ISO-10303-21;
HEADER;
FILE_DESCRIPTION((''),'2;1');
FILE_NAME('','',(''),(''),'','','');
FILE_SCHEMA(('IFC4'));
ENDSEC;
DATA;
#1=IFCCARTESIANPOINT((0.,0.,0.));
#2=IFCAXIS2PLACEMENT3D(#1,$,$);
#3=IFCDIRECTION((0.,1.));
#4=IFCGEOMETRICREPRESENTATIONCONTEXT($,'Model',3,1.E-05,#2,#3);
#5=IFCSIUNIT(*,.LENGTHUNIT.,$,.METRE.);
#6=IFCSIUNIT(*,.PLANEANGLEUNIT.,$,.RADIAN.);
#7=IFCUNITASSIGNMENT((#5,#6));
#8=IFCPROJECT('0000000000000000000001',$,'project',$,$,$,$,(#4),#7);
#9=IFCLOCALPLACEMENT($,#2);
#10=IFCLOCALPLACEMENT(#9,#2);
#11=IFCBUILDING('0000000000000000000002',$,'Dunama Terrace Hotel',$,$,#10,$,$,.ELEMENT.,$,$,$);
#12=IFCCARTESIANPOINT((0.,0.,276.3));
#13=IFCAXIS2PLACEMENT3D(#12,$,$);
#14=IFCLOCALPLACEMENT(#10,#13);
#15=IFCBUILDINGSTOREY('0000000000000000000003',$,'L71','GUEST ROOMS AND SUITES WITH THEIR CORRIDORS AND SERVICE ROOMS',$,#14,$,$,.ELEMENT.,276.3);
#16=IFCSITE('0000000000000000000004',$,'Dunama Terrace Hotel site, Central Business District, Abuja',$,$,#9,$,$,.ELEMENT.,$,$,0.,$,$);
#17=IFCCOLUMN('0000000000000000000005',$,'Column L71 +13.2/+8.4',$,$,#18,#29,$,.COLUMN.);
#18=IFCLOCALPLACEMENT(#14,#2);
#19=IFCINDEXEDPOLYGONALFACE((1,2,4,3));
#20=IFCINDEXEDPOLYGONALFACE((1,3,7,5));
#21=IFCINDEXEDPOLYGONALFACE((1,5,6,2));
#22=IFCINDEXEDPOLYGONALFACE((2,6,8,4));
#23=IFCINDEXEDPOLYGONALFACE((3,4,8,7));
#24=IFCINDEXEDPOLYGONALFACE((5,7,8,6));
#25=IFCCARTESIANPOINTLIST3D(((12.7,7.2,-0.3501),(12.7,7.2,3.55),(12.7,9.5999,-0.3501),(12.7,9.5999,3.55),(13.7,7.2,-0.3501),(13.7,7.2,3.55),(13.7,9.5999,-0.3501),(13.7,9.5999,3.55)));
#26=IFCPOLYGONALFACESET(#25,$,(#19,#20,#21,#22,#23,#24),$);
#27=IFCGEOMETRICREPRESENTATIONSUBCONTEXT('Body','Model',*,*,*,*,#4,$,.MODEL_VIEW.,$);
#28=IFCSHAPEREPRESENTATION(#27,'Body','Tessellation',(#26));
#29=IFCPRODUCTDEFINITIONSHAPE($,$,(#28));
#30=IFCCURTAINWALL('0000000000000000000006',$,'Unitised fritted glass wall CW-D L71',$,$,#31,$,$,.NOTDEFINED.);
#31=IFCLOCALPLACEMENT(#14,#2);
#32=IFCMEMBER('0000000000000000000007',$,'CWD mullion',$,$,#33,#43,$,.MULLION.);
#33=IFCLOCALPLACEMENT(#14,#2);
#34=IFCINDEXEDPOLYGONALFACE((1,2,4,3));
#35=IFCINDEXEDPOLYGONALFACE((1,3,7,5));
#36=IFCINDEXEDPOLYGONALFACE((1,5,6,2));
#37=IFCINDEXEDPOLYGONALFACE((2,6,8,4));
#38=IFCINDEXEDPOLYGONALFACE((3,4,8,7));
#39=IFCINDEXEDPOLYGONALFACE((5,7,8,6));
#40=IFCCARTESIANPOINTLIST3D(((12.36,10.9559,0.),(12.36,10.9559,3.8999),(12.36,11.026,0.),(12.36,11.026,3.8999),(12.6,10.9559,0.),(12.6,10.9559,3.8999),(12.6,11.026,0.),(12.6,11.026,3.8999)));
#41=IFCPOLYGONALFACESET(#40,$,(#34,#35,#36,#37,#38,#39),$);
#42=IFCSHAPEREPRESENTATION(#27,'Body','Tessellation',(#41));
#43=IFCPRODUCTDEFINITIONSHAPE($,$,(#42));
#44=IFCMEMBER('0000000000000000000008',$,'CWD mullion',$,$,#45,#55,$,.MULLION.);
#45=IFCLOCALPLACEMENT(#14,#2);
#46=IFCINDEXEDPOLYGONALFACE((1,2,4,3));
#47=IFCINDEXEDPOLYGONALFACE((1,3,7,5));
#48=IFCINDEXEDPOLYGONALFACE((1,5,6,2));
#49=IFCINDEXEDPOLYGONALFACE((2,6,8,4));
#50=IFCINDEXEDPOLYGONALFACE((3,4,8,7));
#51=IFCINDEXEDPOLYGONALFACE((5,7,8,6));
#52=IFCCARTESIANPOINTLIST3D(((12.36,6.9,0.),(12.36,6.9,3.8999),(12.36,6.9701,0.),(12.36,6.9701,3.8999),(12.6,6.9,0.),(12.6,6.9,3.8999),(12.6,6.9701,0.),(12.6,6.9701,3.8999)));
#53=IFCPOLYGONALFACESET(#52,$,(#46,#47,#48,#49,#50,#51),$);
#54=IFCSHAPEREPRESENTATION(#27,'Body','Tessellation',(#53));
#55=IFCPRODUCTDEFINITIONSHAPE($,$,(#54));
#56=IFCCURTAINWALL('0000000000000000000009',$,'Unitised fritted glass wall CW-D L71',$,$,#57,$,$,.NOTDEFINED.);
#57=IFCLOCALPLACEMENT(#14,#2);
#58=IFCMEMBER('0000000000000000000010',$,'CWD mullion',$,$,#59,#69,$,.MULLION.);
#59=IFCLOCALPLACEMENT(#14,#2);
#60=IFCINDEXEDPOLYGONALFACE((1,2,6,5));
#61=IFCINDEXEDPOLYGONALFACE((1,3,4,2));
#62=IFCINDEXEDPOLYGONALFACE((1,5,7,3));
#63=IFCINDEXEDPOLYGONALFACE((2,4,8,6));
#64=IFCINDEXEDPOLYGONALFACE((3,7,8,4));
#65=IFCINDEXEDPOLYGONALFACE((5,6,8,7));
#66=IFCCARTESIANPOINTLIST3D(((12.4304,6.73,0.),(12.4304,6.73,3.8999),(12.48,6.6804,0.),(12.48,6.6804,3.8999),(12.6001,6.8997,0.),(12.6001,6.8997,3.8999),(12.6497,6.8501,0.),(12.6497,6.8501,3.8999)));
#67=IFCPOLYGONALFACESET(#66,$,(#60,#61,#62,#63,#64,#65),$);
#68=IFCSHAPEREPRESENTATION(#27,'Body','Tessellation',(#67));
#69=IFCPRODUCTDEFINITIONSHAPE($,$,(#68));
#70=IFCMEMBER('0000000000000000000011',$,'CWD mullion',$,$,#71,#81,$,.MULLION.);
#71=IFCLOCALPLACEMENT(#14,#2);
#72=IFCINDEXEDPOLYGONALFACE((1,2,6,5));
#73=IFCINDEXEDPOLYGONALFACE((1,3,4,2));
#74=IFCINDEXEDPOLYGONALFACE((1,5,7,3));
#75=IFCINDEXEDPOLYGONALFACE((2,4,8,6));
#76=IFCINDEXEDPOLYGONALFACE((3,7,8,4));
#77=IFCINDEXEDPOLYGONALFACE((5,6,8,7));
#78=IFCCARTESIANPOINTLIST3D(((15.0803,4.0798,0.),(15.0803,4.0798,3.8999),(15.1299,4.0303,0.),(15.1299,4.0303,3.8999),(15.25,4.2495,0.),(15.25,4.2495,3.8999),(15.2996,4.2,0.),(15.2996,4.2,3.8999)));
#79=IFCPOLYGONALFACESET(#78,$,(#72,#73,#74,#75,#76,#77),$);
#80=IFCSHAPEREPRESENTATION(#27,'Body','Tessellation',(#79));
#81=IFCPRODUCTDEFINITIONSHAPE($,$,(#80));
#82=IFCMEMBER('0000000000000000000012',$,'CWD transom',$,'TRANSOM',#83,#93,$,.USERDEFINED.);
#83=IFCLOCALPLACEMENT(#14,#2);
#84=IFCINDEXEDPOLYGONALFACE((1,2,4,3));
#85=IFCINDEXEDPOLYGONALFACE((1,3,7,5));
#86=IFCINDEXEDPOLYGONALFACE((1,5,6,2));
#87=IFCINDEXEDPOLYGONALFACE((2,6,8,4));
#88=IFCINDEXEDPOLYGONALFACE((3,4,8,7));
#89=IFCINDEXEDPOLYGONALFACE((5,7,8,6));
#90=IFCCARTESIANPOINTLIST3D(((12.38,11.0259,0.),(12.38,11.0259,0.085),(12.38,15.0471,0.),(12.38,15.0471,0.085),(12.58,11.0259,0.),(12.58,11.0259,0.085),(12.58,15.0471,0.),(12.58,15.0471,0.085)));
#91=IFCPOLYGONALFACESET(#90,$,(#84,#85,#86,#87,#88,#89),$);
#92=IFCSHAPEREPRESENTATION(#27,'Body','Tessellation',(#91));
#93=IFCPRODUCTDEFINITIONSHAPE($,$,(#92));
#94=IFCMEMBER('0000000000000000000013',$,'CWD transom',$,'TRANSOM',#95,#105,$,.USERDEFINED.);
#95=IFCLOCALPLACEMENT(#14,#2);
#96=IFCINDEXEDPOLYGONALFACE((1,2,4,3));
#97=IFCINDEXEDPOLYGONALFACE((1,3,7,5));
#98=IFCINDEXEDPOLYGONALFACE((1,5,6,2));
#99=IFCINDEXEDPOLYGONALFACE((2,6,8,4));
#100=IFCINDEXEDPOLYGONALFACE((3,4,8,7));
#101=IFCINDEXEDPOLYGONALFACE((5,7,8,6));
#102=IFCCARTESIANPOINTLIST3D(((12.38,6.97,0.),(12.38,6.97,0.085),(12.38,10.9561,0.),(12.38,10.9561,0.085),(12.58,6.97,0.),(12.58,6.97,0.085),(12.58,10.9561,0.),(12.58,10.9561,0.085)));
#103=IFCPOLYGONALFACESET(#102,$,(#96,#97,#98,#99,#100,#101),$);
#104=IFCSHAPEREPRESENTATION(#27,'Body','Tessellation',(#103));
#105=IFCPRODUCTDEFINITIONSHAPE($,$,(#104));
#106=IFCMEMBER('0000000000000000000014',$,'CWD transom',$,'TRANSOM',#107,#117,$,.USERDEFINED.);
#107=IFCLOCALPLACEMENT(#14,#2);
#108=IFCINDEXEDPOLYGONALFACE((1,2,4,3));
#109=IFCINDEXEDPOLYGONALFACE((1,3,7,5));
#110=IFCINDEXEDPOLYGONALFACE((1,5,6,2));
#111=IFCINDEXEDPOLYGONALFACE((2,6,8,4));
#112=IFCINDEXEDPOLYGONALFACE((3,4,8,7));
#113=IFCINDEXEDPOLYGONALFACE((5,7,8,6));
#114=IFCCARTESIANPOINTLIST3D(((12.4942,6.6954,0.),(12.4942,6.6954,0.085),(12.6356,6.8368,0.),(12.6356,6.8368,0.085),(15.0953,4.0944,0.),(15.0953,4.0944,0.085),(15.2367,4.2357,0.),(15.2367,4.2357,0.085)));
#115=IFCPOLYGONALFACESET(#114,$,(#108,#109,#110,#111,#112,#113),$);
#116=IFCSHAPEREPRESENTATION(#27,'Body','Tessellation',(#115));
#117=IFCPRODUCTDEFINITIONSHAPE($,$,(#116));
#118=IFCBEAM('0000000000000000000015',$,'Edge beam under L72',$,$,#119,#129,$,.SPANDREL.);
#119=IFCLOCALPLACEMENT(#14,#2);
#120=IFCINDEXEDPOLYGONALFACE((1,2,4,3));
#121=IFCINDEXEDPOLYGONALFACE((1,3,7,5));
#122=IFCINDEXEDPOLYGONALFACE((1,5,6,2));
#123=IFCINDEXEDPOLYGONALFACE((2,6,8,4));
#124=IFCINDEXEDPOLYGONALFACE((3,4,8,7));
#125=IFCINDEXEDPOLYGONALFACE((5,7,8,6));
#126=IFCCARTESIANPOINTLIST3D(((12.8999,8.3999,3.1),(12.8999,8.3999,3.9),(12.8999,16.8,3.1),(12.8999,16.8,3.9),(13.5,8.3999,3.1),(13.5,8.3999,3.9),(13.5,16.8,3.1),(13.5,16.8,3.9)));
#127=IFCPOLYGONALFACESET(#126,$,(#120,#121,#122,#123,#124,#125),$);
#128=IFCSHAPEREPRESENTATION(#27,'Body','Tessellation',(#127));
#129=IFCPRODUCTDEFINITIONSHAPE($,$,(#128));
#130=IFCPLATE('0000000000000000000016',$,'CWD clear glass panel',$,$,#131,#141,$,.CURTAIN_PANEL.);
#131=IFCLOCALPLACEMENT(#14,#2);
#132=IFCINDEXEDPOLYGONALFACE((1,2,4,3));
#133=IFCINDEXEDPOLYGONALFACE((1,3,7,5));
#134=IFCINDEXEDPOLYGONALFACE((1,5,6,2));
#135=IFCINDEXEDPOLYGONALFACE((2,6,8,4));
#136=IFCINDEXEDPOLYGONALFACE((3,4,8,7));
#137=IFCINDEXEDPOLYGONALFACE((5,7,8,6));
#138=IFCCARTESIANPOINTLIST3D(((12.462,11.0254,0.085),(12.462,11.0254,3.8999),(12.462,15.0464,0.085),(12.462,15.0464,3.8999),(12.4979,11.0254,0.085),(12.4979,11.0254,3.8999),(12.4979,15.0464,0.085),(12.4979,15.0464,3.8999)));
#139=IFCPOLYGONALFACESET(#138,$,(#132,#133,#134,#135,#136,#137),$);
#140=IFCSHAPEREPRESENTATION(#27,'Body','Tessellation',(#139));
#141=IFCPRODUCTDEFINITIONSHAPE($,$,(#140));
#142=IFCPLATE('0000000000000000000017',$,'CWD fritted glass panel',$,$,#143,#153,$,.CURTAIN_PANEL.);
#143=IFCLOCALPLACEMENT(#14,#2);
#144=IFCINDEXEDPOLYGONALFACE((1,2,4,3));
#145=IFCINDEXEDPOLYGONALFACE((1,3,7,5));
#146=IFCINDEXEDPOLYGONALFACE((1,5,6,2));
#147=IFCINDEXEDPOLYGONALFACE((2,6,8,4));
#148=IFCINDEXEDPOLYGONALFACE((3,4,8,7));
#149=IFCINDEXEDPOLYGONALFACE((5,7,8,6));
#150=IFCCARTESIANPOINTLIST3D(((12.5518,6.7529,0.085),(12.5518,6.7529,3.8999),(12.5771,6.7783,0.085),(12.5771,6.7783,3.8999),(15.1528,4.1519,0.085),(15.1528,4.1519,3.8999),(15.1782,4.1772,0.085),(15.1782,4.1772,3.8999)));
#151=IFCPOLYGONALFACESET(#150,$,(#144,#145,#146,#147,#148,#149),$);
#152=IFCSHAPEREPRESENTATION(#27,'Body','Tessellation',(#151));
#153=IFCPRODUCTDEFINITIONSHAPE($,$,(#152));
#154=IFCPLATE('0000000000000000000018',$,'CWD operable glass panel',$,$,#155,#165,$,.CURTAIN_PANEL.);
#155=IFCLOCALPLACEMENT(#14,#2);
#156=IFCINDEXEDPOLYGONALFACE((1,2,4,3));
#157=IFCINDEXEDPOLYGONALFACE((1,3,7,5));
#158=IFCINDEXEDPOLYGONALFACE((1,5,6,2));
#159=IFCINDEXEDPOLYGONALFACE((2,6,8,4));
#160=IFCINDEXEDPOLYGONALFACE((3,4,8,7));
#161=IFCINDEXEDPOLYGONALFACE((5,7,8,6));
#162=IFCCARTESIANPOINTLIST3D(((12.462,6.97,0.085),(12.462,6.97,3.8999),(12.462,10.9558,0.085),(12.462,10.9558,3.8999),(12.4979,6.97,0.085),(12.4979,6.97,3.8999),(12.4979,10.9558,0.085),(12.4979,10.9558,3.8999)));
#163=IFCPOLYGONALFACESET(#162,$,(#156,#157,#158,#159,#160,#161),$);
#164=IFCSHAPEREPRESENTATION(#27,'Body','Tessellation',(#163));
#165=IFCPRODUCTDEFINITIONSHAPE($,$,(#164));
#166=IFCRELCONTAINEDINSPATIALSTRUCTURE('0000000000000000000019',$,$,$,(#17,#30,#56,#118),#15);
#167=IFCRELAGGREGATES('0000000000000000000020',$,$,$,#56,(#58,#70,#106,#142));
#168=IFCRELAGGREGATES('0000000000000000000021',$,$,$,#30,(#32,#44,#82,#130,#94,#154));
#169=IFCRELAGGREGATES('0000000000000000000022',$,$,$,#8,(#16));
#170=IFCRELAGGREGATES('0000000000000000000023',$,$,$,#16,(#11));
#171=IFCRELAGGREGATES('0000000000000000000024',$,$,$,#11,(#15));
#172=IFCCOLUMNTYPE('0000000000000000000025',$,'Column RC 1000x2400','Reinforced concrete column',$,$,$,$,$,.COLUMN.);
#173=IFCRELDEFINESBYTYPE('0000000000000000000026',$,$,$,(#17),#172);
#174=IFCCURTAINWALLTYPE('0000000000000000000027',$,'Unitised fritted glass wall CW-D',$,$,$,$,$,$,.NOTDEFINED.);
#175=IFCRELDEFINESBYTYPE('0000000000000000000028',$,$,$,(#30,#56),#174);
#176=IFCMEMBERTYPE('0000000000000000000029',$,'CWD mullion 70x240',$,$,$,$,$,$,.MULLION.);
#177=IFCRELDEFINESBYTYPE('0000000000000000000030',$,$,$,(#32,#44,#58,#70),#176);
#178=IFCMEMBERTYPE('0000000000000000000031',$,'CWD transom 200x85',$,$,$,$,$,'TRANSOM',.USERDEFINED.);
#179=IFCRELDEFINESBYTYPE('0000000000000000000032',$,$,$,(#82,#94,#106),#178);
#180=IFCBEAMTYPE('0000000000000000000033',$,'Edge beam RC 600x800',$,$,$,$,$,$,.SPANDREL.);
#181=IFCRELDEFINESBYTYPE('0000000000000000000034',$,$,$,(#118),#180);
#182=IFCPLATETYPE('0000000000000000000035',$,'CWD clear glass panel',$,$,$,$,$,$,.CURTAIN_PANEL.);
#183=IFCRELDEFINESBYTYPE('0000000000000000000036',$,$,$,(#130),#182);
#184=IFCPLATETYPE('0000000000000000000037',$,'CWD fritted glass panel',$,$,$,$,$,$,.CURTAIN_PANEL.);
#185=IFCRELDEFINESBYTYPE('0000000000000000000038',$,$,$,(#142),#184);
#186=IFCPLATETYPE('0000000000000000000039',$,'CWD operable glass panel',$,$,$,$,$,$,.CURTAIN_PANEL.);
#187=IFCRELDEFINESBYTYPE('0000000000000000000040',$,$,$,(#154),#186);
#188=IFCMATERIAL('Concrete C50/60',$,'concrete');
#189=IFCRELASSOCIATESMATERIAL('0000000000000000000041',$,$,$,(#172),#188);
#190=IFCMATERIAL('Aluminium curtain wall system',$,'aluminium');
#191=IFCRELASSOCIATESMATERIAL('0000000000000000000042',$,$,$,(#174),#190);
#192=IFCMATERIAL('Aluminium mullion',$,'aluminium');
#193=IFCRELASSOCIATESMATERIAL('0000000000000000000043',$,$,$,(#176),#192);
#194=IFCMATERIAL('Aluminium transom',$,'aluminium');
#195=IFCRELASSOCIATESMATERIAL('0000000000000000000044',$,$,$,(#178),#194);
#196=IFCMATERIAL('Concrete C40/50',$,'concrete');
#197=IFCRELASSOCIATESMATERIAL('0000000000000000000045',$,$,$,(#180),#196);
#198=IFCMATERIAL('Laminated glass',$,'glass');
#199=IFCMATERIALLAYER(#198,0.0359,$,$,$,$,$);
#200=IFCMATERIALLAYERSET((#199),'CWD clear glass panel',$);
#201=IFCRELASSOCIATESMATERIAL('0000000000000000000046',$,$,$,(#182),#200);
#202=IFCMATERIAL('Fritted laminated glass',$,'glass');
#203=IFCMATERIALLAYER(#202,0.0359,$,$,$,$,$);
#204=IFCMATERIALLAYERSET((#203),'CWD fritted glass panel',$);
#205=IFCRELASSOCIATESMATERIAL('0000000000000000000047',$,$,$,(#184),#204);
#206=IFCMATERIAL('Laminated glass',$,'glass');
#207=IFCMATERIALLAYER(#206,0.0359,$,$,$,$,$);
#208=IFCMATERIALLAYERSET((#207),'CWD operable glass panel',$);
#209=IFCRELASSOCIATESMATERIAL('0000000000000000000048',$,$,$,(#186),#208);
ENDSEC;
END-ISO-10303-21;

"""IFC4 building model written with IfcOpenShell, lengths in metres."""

from ifc_helpers import new_model, si_unit, direction, frame, origin, origin_2d, place, context, subcontext, project, spatial, rectangle, extrude, material, layer, layer_set, material_profile, profile_set, type_object, element, aggregate, save


model = new_model("IFC4")

# Units and contexts
model_context = context("Model", 3, precision=1e-05, world=origin(), true_north=direction((0.0, 1.0)))
body_context = subcontext(model_context, "Body", "Model", "MODEL_VIEW")
ifc_project = project(units=[si_unit("LENGTHUNIT", "METRE"), si_unit("PLANEANGLEUNIT", "RADIAN")], contexts=[model_context])

# Site, building, storey
site_placement = place(None, origin())
site = spatial("IfcSite", under=ifc_project, at=site_placement, Name="Dunama Terrace Hotel site, Central Business District, Abuja", CompositionType="ELEMENT", RefElevation=0.0)
building_placement = place(site_placement, origin())
building = spatial("IfcBuilding", under=site, at=building_placement, Name="Dunama Terrace Hotel", CompositionType="ELEMENT")
storey_placement = place(building_placement, frame((0.0, 0.0, 276.3)))
storey = spatial("IfcBuildingStorey", under=building, at=storey_placement, Name="L71", Description="GUEST ROOMS AND SUITES WITH THEIR CORRIDORS AND SERVICE ROOMS", CompositionType="ELEMENT", Elevation=276.3)

# Column
ifc_material_1 = material(Name="Concrete C50/60", Category="concrete")
ifc_material_profile_1 = material_profile(ifc_material_1, rectangle(XDim=1.0, YDim=2.3999, at=origin_2d()), Name="RC 1000x2400")
ifc_profile_set_1 = profile_set([ifc_material_profile_1], Name="Concrete C50/60")
column_type = type_object("IfcColumnType", Name="Column RC 1000x2400", Description="Reinforced concrete column", PredefinedType="COLUMN", material=ifc_profile_set_1)
column_placement = place(storey_placement, frame((13.2, 8.3999, -0.3501), z_axis=(0.0, 0.0, 1.0), x_axis=(1.0, 0.0, 0.0)))
element("IfcColumn", 1, at=column_placement, inside=storey, type_object=column_type, Name="Column L71 +13.2/+8.4", PredefinedType="COLUMN", context=body_context, shape_type="SweptSolid", body=[
    extrude(rectangle(XDim=1.0, YDim=2.3999, at=origin_2d()), origin(), (0.0, 0.0, 1.0), 3.9001),
])

# Curtain walls, members
ifc_material_2 = material(Name="Aluminium curtain wall system", Category="aluminium")
curtain_wall_type = type_object("IfcCurtainWallType", Name="Unitised fritted glass wall CW-D", PredefinedType="NOTDEFINED", material=ifc_material_2)
curtain_wall_1_placement = place(storey_placement, origin())
curtain_wall_1 = element("IfcCurtainWall", 2, at=curtain_wall_1_placement, inside=storey, type_object=curtain_wall_type, Name="Unitised fritted glass wall CW-D L71", PredefinedType="NOTDEFINED")
ifc_material_3 = material(Name="Aluminium mullion", Category="aluminium")
ifc_material_profile_2 = material_profile(ifc_material_3, rectangle(XDim=0.0701, YDim=0.24, at=origin_2d()), Name="CWD MULLION 70X240")
ifc_profile_set_2 = profile_set([ifc_material_profile_2], Name="Aluminium mullion")
member_type_1 = type_object("IfcMemberType", Name="CWD mullion 70x240", PredefinedType="MULLION", material=ifc_profile_set_2)
member_1_placement = place(storey_placement, frame((12.48, 10.991, 0.0), z_axis=(0.0, 0.0, 1.0), x_axis=(0.0, -1.0, 0.0)))
member_1 = element("IfcMember", 3, at=member_1_placement, type_object=member_type_1, Name="CWD mullion", PredefinedType="MULLION", context=body_context, shape_type="SweptSolid", body=[
    extrude(rectangle(XDim=0.0701, YDim=0.24, at=origin_2d()), origin(), (0.0, 0.0, 1.0), 3.8999),
])
member_2_placement = place(storey_placement, frame((12.48, 6.9351, 0.0), z_axis=(0.0, 0.0, 1.0), x_axis=(0.0, -1.0, 0.0)))
member_2 = element("IfcMember", 4, at=member_2_placement, type_object=member_type_1, Name="CWD mullion", PredefinedType="MULLION", context=body_context, shape_type="SweptSolid", body=[
    extrude(rectangle(XDim=0.0701, YDim=0.24, at=origin_2d()), origin(), (0.0, 0.0, 1.0), 3.8999),
])
curtain_wall_2_placement = place(storey_placement, origin())
curtain_wall_2 = element("IfcCurtainWall", 5, at=curtain_wall_2_placement, inside=storey, type_object=curtain_wall_type, Name="Unitised fritted glass wall CW-D L71", PredefinedType="NOTDEFINED")
member_3_placement = place(storey_placement, frame((12.54, 6.79, 0.0), z_axis=(0.0, 0.0, 1.0), x_axis=(0.707107, -0.707107, 0.0)))
member_3 = element("IfcMember", 6, at=member_3_placement, type_object=member_type_1, Name="CWD mullion", PredefinedType="MULLION", context=body_context, shape_type="SweptSolid", body=[
    extrude(rectangle(XDim=0.0701, YDim=0.24, at=origin_2d()), origin(), (0.0, 0.0, 1.0), 3.8999),
])
member_4_placement = place(storey_placement, frame((15.1899, 4.1399, 0.0), z_axis=(0.0, 0.0, 1.0), x_axis=(0.707107, -0.707107, 0.0)))
member_4 = element("IfcMember", 7, at=member_4_placement, type_object=member_type_1, Name="CWD mullion", PredefinedType="MULLION", context=body_context, shape_type="SweptSolid", body=[
    extrude(rectangle(XDim=0.0701, YDim=0.24, at=origin_2d()), origin(), (0.0, 0.0, 1.0), 3.8999),
])

# Members
ifc_material_4 = material(Name="Aluminium transom", Category="aluminium")
ifc_material_profile_3 = material_profile(ifc_material_4, rectangle(XDim=0.2, YDim=0.085, at=origin_2d()), Name="CWD TRANSOM 200X85")
ifc_profile_set_3 = profile_set([ifc_material_profile_3], Name="Aluminium transom")
member_type_2 = type_object("IfcMemberType", Name="CWD transom 200x85", ElementType="TRANSOM", PredefinedType="USERDEFINED", material=ifc_profile_set_3)
member_5_placement = place(storey_placement, frame((12.48, 15.0471, 0.0425), z_axis=(0.0, -1.0, 0.0), x_axis=(1.0, 0.0, 0.0)))
member_5 = element("IfcMember", 8, at=member_5_placement, type_object=member_type_2, Name="CWD transom", ObjectType="TRANSOM", PredefinedType="USERDEFINED", context=body_context, shape_type="SweptSolid", body=[
    extrude(rectangle(XDim=0.2, YDim=0.085, at=origin_2d()), origin(), (0.0, 0.0, 1.0), 4.0212),
])
member_6_placement = place(storey_placement, frame((12.48, 10.9561, 0.0425), z_axis=(0.0, -1.0, 0.0), x_axis=(1.0, 0.0, 0.0)))
member_6 = element("IfcMember", 9, at=member_6_placement, type_object=member_type_2, Name="CWD transom", ObjectType="TRANSOM", PredefinedType="USERDEFINED", context=body_context, shape_type="SweptSolid", body=[
    extrude(rectangle(XDim=0.2, YDim=0.085, at=origin_2d()), origin(), (0.0, 0.0, 1.0), 3.9861),
])
member_7_placement = place(storey_placement, frame((12.5649, 6.7661, 0.0425), z_axis=(0.707107, -0.707107, 0.0), x_axis=(0.707107, 0.707107, 0.0)))
member_7 = element("IfcMember", 10, at=member_7_placement, type_object=member_type_2, Name="CWD transom", ObjectType="TRANSOM", PredefinedType="USERDEFINED", context=body_context, shape_type="SweptSolid", body=[
    extrude(rectangle(XDim=0.2, YDim=0.085, at=origin_2d()), origin(), (0.0, 0.0, 1.0), 3.6785),
])

# Beam
ifc_material_5 = material(Name="Concrete C40/50", Category="concrete")
ifc_material_profile_4 = material_profile(ifc_material_5, rectangle(XDim=0.6001, YDim=0.8, at=origin_2d()), Name="RC 600x800")
ifc_profile_set_4 = profile_set([ifc_material_profile_4], Name="Concrete C40/50")
beam_type = type_object("IfcBeamType", Name="Edge beam RC 600x800", PredefinedType="SPANDREL", material=ifc_profile_set_4)
beam_placement = place(storey_placement, frame((13.2, 8.3999, 3.5), z_axis=(0.0, 1.0, 0.0), x_axis=(-1.0, 0.0, 0.0)))
element("IfcBeam", 11, at=beam_placement, inside=storey, type_object=beam_type, Name="Edge beam under L72", PredefinedType="SPANDREL", context=body_context, shape_type="SweptSolid", body=[
    extrude(rectangle(XDim=0.6001, YDim=0.8, at=origin_2d()), origin(), (0.0, 0.0, 1.0), 8.4001),
])

# Plates
ifc_material_6 = material(Name="Laminated glass", Category="glass")
ifc_layer_1 = layer(ifc_material_6, 0.0359)
ifc_layer_set_1 = layer_set([ifc_layer_1], Name="CWD clear glass panel")
plate_type_1 = type_object("IfcPlateType", Name="CWD clear glass panel", PredefinedType="CURTAIN_PANEL", material=ifc_layer_set_1)
plate_1_placement = place(storey_placement, frame((12.48, 13.0359, 0.085), z_axis=(0.0, 0.0, 1.0), x_axis=(0.0, -1.0, 0.0)))
plate_1 = element("IfcPlate", 12, at=plate_1_placement, type_object=plate_type_1, Name="CWD clear glass panel", PredefinedType="CURTAIN_PANEL", context=body_context, shape_type="SweptSolid", body=[
    extrude(rectangle(XDim=4.021, YDim=0.0359, at=origin_2d()), origin(), (0.0, 0.0, 1.0), 3.8149),
])
ifc_material_7 = material(Name="Fritted laminated glass", Category="glass")
ifc_layer_2 = layer(ifc_material_7, 0.0359)
ifc_layer_set_2 = layer_set([ifc_layer_2], Name="CWD fritted glass panel")
plate_type_2 = type_object("IfcPlateType", Name="CWD fritted glass panel", PredefinedType="CURTAIN_PANEL", material=ifc_layer_set_2)
plate_2_placement = place(storey_placement, frame((13.865, 5.4651, 0.085), z_axis=(0.0, 0.0, 1.0), x_axis=(0.707107, -0.707107, 0.0)))
plate_2 = element("IfcPlate", 13, at=plate_2_placement, type_object=plate_type_2, Name="CWD fritted glass panel", PredefinedType="CURTAIN_PANEL", context=body_context, shape_type="SweptSolid", body=[
    extrude(rectangle(XDim=3.6785, YDim=0.0359, at=origin_2d()), origin(), (0.0, 0.0, 1.0), 3.8149),
])
aggregate(curtain_wall_2, [member_3, member_4, member_7, plate_2])
ifc_material_8 = material(Name="Laminated glass", Category="glass")
ifc_layer_3 = layer(ifc_material_8, 0.0359)
ifc_layer_set_3 = layer_set([ifc_layer_3], Name="CWD operable glass panel")
plate_type_3 = type_object("IfcPlateType", Name="CWD operable glass panel", PredefinedType="CURTAIN_PANEL", material=ifc_layer_set_3)
plate_3_placement = place(storey_placement, frame((12.48, 8.9629, 0.085), z_axis=(0.0, 0.0, 1.0), x_axis=(0.0, -1.0, 0.0)))
plate_3 = element("IfcPlate", 14, at=plate_3_placement, type_object=plate_type_3, Name="CWD operable glass panel", PredefinedType="CURTAIN_PANEL", context=body_context, shape_type="SweptSolid", body=[
    extrude(rectangle(XDim=3.9858, YDim=0.0359, at=origin_2d()), origin(), (0.0, 0.0, 1.0), 3.8149),
])
aggregate(curtain_wall_1, [member_1, member_2, member_5, plate_1, member_6, plate_3])

save(model, "model.ifc")
